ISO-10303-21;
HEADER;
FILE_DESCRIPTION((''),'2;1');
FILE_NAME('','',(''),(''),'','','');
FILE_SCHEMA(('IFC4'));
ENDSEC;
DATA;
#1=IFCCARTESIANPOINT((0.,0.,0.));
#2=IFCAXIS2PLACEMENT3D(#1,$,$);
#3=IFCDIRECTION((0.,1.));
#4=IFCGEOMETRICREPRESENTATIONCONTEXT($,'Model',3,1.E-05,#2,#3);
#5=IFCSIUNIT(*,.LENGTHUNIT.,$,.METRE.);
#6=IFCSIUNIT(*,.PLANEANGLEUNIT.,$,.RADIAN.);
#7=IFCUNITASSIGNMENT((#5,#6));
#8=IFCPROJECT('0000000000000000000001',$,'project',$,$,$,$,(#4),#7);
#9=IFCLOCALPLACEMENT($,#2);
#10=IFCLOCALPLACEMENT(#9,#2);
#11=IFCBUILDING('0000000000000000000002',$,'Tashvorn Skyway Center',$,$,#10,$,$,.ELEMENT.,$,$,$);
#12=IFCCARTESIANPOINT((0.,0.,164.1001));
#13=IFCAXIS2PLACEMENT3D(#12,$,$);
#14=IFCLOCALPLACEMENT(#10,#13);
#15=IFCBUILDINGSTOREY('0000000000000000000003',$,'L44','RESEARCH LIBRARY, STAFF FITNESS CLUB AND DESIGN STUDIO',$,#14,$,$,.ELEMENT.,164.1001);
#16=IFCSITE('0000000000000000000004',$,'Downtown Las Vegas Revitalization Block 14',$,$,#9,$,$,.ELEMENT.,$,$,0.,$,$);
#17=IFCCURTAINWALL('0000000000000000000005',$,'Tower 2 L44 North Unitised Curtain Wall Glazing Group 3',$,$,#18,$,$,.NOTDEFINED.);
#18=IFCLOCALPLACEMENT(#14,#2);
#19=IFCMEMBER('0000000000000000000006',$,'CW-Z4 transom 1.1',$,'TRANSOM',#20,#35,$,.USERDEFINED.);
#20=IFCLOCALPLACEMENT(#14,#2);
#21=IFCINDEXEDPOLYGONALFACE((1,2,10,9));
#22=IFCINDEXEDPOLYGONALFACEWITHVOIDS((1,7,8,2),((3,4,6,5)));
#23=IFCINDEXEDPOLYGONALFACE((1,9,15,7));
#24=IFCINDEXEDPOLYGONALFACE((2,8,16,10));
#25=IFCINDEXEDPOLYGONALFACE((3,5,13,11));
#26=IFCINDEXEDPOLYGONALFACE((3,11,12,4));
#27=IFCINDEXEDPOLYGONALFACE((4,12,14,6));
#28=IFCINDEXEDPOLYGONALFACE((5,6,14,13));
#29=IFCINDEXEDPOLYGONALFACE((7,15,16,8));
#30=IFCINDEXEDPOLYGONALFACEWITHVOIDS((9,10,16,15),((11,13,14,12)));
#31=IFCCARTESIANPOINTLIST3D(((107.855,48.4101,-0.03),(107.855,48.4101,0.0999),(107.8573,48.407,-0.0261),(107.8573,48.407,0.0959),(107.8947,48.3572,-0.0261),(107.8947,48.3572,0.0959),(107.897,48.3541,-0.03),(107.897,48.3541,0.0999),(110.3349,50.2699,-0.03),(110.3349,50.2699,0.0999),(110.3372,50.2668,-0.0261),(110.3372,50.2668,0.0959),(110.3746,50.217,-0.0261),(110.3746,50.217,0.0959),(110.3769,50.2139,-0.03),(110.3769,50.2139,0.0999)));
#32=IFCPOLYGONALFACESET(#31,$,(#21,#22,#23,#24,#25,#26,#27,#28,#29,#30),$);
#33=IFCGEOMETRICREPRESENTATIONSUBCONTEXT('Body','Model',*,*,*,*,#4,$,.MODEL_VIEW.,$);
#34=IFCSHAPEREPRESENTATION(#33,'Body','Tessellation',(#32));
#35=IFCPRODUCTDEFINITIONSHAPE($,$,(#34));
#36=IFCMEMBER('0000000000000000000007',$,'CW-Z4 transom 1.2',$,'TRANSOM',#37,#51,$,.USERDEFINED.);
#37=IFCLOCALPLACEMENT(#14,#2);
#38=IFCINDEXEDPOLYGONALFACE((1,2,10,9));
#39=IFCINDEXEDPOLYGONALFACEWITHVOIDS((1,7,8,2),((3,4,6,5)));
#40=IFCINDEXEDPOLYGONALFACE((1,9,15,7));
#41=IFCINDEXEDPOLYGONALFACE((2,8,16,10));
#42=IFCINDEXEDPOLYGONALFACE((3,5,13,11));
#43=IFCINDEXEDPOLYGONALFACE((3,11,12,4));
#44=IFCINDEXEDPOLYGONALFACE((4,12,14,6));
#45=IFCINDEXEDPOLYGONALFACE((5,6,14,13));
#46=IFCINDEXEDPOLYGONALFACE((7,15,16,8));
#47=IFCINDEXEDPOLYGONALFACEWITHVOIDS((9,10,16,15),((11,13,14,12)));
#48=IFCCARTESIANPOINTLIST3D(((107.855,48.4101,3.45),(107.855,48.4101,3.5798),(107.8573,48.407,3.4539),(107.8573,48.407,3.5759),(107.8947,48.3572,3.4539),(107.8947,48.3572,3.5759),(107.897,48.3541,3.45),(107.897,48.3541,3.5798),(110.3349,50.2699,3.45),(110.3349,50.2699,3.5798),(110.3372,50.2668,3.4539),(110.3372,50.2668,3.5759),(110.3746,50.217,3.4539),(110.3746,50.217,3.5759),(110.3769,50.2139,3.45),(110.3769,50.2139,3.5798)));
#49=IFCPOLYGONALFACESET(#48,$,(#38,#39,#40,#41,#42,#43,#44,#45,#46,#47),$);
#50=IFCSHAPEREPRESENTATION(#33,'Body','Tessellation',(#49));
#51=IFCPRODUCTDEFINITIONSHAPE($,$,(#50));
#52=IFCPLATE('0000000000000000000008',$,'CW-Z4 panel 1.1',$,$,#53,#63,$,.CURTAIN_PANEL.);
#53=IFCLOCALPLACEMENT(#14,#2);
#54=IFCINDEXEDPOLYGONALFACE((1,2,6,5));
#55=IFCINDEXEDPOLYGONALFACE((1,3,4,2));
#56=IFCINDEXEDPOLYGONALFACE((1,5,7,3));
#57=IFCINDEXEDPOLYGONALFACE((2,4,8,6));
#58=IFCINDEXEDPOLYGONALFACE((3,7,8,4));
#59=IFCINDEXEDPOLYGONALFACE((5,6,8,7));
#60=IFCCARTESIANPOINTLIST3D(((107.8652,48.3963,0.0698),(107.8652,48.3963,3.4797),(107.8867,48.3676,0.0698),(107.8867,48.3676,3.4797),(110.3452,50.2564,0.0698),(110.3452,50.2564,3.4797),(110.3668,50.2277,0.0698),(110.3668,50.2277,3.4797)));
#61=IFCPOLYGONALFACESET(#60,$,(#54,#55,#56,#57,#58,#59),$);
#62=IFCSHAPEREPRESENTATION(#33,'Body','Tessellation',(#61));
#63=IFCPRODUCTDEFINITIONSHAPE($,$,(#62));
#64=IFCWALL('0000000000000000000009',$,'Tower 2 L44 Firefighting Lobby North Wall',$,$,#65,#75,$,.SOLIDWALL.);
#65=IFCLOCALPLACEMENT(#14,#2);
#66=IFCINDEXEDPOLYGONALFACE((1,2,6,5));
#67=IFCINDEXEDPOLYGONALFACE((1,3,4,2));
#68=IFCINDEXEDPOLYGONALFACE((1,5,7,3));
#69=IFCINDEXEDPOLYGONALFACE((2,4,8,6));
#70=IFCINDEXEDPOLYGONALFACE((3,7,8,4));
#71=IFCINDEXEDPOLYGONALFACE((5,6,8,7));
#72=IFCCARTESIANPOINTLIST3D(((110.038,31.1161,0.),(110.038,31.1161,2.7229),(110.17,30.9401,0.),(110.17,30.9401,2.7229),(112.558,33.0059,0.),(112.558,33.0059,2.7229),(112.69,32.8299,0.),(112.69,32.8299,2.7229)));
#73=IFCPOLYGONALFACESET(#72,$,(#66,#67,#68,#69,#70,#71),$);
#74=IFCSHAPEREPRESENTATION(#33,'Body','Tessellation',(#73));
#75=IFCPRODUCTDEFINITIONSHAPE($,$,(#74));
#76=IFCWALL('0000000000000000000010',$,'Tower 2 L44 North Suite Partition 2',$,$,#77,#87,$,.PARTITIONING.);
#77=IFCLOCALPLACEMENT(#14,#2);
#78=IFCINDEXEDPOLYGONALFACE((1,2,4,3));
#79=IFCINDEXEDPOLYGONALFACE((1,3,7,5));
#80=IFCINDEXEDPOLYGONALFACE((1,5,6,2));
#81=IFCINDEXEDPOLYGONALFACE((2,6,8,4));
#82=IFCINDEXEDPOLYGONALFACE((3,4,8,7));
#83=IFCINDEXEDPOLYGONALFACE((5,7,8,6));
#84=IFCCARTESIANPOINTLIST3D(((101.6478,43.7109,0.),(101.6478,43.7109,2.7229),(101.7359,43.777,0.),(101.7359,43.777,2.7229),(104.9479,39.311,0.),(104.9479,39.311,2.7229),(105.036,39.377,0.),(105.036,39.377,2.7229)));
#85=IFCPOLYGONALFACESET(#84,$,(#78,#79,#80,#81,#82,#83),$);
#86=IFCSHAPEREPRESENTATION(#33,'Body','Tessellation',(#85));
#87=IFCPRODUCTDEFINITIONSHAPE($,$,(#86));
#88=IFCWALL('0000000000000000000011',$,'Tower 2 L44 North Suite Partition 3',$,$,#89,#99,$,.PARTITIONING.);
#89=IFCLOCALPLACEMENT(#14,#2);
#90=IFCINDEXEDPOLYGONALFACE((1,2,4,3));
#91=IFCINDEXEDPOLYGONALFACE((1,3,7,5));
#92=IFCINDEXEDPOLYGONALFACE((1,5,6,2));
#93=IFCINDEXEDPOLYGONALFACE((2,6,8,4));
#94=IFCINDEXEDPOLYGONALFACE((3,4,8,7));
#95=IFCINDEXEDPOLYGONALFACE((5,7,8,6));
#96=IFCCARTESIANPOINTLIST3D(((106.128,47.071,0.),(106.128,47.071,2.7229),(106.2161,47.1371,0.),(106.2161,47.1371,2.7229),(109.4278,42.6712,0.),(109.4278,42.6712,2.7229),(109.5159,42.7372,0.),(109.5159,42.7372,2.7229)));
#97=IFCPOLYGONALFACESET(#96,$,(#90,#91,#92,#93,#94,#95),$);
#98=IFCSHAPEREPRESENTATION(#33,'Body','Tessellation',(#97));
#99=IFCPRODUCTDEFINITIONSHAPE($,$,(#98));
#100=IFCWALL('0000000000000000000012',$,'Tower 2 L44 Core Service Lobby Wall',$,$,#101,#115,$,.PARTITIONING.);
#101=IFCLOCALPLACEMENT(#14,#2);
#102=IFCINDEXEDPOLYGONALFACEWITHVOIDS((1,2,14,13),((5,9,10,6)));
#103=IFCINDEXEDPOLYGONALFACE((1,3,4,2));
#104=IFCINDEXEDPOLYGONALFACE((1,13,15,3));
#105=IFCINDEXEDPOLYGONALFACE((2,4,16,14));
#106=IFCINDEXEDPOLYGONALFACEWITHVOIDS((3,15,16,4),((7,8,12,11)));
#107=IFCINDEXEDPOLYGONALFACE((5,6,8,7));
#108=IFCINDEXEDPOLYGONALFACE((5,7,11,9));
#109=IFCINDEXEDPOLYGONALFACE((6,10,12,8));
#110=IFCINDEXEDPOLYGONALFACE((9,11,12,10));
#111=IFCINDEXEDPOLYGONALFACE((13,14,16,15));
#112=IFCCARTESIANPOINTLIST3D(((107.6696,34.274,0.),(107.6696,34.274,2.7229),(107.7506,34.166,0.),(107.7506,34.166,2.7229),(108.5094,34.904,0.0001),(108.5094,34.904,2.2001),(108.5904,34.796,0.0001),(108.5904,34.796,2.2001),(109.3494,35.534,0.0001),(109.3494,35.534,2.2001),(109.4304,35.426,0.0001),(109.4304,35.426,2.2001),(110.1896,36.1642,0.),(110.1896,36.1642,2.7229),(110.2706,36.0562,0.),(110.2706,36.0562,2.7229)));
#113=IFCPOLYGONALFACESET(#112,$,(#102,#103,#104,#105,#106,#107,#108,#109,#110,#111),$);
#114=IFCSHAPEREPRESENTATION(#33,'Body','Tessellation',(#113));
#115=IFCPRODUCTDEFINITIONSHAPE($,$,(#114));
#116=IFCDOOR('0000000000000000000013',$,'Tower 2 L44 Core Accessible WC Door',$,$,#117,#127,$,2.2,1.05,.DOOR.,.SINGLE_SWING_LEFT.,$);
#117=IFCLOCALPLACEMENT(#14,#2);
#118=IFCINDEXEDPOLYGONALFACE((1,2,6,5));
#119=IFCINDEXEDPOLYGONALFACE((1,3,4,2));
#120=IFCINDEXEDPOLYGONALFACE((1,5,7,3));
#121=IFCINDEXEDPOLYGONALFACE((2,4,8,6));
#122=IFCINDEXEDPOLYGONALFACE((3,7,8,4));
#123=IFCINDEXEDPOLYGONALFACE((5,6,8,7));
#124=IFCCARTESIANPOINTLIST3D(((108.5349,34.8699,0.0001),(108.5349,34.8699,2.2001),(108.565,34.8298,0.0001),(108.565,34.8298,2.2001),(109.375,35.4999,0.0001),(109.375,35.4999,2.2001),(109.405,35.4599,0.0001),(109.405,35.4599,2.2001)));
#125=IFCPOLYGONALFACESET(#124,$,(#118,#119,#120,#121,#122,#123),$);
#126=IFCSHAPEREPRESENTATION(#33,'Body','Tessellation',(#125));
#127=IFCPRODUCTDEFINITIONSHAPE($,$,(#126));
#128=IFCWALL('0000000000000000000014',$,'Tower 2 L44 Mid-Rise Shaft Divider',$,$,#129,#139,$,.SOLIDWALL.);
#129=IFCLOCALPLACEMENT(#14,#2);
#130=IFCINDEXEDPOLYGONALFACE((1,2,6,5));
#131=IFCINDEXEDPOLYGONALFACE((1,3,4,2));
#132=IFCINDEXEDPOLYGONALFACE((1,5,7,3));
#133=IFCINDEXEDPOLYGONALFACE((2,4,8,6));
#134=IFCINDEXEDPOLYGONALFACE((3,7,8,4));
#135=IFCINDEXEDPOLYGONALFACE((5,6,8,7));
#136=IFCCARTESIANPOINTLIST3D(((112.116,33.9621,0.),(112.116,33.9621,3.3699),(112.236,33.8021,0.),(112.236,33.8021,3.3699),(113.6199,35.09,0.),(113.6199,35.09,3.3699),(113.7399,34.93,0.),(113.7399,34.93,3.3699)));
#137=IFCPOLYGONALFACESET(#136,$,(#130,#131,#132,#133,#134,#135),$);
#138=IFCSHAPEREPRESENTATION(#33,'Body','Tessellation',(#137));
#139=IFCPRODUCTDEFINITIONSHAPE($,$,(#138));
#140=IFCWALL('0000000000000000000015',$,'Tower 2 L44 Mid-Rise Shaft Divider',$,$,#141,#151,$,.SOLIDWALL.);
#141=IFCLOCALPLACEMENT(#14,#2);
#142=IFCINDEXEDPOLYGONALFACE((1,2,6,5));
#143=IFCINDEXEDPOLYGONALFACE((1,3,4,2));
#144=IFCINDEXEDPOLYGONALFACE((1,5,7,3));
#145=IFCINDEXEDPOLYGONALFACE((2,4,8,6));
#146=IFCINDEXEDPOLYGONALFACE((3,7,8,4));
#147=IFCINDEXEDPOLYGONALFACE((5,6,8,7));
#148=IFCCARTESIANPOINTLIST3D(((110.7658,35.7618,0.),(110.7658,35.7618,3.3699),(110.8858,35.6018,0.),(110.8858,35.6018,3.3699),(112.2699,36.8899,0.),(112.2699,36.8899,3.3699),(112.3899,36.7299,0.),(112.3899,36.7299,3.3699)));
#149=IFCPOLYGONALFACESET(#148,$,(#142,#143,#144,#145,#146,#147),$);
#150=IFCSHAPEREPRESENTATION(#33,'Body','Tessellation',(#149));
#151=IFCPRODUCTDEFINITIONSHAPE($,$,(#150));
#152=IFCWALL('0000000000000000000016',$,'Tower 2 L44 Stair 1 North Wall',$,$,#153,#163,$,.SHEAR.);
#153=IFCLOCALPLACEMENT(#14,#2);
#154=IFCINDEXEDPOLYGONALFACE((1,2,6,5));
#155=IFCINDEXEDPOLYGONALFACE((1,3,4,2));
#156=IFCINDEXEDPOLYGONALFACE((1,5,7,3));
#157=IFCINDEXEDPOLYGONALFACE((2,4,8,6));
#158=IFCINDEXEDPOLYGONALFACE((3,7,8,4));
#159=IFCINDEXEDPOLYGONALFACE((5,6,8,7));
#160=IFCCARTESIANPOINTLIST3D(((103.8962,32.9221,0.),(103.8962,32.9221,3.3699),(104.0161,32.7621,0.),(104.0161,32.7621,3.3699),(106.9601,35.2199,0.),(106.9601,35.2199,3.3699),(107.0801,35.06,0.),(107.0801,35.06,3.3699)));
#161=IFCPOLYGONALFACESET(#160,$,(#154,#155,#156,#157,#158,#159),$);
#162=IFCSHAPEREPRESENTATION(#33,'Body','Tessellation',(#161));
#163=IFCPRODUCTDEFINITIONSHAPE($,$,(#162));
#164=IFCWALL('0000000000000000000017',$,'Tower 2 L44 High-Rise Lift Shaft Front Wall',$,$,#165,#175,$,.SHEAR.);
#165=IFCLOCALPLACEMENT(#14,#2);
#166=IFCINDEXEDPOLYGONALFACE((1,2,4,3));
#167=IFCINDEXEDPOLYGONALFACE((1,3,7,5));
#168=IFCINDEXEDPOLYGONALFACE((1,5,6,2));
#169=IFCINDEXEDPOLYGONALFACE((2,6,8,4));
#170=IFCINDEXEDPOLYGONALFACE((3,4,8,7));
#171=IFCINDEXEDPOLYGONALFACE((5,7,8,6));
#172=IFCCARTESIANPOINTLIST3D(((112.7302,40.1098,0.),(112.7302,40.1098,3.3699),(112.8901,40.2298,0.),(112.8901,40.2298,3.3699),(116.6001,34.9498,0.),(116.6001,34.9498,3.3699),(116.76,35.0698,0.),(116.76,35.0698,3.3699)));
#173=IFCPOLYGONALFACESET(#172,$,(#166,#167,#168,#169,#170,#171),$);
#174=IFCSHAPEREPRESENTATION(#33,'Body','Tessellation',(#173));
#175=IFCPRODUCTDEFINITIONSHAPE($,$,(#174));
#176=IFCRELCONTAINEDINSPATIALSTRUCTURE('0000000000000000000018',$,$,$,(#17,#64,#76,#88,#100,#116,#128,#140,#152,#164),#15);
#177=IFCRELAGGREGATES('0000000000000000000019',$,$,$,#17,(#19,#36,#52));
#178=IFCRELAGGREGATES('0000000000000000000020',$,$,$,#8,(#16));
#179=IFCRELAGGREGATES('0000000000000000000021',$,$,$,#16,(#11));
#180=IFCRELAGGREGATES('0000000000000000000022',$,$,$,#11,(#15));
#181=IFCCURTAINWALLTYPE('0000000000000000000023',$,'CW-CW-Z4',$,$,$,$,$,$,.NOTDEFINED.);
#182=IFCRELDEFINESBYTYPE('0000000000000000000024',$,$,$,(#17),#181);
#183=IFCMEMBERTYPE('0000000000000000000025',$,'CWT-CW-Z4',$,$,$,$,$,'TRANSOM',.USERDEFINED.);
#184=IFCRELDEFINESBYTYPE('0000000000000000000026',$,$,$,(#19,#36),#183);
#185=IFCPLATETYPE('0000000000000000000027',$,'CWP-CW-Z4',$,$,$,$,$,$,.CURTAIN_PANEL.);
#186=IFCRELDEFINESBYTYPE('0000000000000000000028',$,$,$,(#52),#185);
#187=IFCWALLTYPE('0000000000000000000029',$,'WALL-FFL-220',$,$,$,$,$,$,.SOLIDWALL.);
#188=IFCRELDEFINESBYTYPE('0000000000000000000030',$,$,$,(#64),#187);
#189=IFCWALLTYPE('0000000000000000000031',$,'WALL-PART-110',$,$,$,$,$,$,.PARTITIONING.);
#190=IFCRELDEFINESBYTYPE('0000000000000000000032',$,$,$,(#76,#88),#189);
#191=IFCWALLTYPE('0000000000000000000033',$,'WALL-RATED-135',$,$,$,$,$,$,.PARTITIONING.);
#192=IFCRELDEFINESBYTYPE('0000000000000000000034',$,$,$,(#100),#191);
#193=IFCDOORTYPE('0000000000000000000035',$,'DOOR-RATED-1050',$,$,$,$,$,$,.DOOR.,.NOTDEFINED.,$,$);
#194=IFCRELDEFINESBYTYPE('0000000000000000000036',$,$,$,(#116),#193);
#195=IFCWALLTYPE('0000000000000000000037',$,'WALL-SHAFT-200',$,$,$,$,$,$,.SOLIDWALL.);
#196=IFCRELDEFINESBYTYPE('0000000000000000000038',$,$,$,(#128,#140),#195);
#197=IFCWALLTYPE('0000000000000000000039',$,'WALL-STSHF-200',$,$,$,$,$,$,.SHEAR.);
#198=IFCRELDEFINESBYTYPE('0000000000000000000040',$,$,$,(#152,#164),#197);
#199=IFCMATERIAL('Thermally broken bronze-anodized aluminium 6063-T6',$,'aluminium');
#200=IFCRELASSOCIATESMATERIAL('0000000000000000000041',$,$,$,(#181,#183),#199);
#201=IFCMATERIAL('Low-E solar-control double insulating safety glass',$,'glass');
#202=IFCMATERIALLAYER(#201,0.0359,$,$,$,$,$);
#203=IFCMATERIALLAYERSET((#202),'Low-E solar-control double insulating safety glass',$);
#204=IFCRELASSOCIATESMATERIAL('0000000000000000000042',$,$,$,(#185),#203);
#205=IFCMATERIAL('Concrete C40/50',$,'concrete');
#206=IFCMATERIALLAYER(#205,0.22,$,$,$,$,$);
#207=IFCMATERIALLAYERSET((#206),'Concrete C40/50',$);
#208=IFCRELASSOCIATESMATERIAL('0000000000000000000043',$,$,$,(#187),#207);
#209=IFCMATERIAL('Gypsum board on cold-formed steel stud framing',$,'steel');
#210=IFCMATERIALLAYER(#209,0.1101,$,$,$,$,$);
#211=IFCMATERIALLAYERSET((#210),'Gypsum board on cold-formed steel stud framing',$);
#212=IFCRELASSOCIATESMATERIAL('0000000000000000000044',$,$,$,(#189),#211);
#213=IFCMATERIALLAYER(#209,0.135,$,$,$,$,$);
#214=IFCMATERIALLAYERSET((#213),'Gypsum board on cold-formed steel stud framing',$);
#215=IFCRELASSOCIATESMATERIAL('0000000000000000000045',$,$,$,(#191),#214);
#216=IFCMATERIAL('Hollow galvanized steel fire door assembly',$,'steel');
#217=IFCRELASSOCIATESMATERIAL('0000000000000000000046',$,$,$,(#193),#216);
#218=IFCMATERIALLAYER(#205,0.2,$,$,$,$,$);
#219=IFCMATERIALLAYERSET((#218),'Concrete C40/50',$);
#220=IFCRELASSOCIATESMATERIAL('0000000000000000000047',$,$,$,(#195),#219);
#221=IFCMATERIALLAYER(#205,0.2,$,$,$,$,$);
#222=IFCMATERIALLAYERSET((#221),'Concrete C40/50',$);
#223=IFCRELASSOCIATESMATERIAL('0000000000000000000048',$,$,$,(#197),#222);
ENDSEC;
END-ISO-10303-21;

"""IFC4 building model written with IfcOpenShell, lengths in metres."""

from ifc_helpers import new_model, si_unit, direction, frame, frame_2d, origin, origin_2d, place, context, subcontext, project, spatial, rectangle, hollow_rectangle, extrude, material, layer, layer_set, material_profile, profile_set, type_object, element, fill, aggregate, save


model = new_model("IFC4")

# Units and contexts
model_context = context("Model", 3, precision=1e-05, world=origin(), true_north=direction((0.0, 1.0)))
body_context = subcontext(model_context, "Body", "Model", "MODEL_VIEW")
ifc_project = project(units=[si_unit("LENGTHUNIT", "METRE"), si_unit("PLANEANGLEUNIT", "RADIAN")], contexts=[model_context])

# Site, building, storey
site_placement = place(None, origin())
site = spatial("IfcSite", under=ifc_project, at=site_placement, Name="Downtown Las Vegas Revitalization Block 14", CompositionType="ELEMENT", RefElevation=0.0)
building_placement = place(site_placement, origin())
building = spatial("IfcBuilding", under=site, at=building_placement, Name="Tashvorn Skyway Center", CompositionType="ELEMENT")
storey_placement = place(building_placement, frame((0.0, 0.0, 164.1001)))
storey = spatial("IfcBuildingStorey", under=building, at=storey_placement, Name="L44", Description="RESEARCH LIBRARY, STAFF FITNESS CLUB AND DESIGN STUDIO", CompositionType="ELEMENT", Elevation=164.1001)

# Shared definitions
ifc_material_1 = material(Name="Thermally broken bronze-anodized aluminium 6063-T6", Category="aluminium")
curtain_wall_type = type_object("IfcCurtainWallType", Name="CW-CW-Z4", PredefinedType="NOTDEFINED", material=ifc_material_1)

# Curtain wall, members, plate
curtain_wall_1_placement = place(storey_placement, origin())
curtain_wall_1 = element("IfcCurtainWall", 1, at=curtain_wall_1_placement, inside=storey, type_object=curtain_wall_type, Name="Tower 2 L44 North Unitised Curtain Wall Glazing Group 3", PredefinedType="NOTDEFINED")
ifc_material_profile_1 = material_profile(ifc_material_1, hollow_rectangle(XDim=0.0701, YDim=0.1299, WallThickness=0.0039, at=origin_2d()), Name="ALU-TRAN-70x130")
ifc_profile_set_1 = profile_set([ifc_material_profile_1], Name="Thermally broken bronze-anodized aluminium 6063-T6")
member_type_1 = type_object("IfcMemberType", Name="CWT-CW-Z4", ElementType="TRANSOM", PredefinedType="USERDEFINED", material=ifc_profile_set_1)
member_1_placement = place(storey_placement, frame((107.876, 48.3821, 0.0349), z_axis=(0.800019, 0.599975, 0.0), x_axis=(-0.599975, 0.800019, 0.0)))
member_1 = element("IfcMember", 2, at=member_1_placement, type_object=member_type_1, Name="CW-Z4 transom 1.1", ObjectType="TRANSOM", PredefinedType="USERDEFINED", context=body_context, shape_type="SweptSolid", body=[
    extrude(hollow_rectangle(XDim=0.0701, YDim=0.1299, WallThickness=0.0039, at=origin_2d()), origin(), (0.0, 0.0, 1.0), 3.0999),
])
member_2_placement = place(storey_placement, frame((107.876, 48.3821, 3.5149), z_axis=(0.800019, 0.599975, 0.0), x_axis=(-0.599975, 0.800019, 0.0)))
member_2 = element("IfcMember", 3, at=member_2_placement, type_object=member_type_1, Name="CW-Z4 transom 1.2", ObjectType="TRANSOM", PredefinedType="USERDEFINED", context=body_context, shape_type="SweptSolid", body=[
    extrude(hollow_rectangle(XDim=0.0701, YDim=0.1299, WallThickness=0.0039, at=origin_2d()), origin(), (0.0, 0.0, 1.0), 3.0999),
])
ifc_material_2 = material(Name="Low-E solar-control double insulating safety glass", Category="glass")
ifc_layer_1 = layer(ifc_material_2, 0.0359)
ifc_layer_set_1 = layer_set([ifc_layer_1], Name="Low-E solar-control double insulating safety glass")
plate_type = type_object("IfcPlateType", Name="CWP-CW-Z4", PredefinedType="CURTAIN_PANEL", material=ifc_layer_set_1)
plate_placement = place(storey_placement, frame((109.116, 49.312, 0.0698), z_axis=(0.0, 0.0, 1.0), x_axis=(0.8, 0.6, 0.0)))
plate = element("IfcPlate", 4, at=plate_placement, type_object=plate_type, Name="CW-Z4 panel 1.1", PredefinedType="CURTAIN_PANEL", context=body_context, shape_type="SweptSolid", body=[
    extrude(rectangle(XDim=3.1001, YDim=0.0359, at=origin_2d()), origin(), (0.0, 0.0, 1.0), 3.4099),
])
aggregate(curtain_wall_1, [member_1, member_2, plate])

# Walls
ifc_material_3 = material(Name="Concrete C40/50", Category="concrete")
ifc_layer_2 = layer(ifc_material_3, 0.22)
ifc_layer_set_2 = layer_set([ifc_layer_2], Name="Concrete C40/50")
wall_type_1 = type_object("IfcWallType", Name="WALL-FFL-220", PredefinedType="SOLIDWALL", material=ifc_layer_set_2)
wall_1_placement = place(storey_placement, frame((110.104, 31.0281, 0.0), z_axis=(0.0, 0.0, 1.0), x_axis=(0.800019, 0.599975, 0.0)))
element("IfcWall", 5, at=wall_1_placement, inside=storey, type_object=wall_type_1, Name="Tower 2 L44 Firefighting Lobby North Wall", PredefinedType="SOLIDWALL", context=body_context, shape_type="SweptSolid", body=[
    extrude(rectangle(XDim=3.1499, YDim=0.22, at=frame_2d((1.575, 0.0))), origin(), (0.0, 0.0, 1.0), 2.7229),
])
ifc_material_4 = material(Name="Gypsum board on cold-formed steel stud framing", Category="steel")
ifc_layer_3 = layer(ifc_material_4, 0.1101)
ifc_layer_set_3 = layer_set([ifc_layer_3], Name="Gypsum board on cold-formed steel stud framing")
wall_type_2 = type_object("IfcWallType", Name="WALL-PART-110", PredefinedType="PARTITIONING", material=ifc_layer_set_3)
wall_2_placement = place(storey_placement, frame((104.9919, 39.344, 0.0), z_axis=(0.0, 0.0, 1.0), x_axis=(-0.600014, 0.799989, 0.0)))
element("IfcWall", 6, at=wall_2_placement, inside=storey, type_object=wall_type_2, Name="Tower 2 L44 North Suite Partition 2", PredefinedType="PARTITIONING", context=body_context, shape_type="SweptSolid", body=[
    extrude(rectangle(XDim=5.5, YDim=0.1101, at=frame_2d((2.75, 0.0))), origin(), (0.0, 0.0, 1.0), 2.7229),
])
wall_3_placement = place(storey_placement, frame((109.4719, 42.7041, 0.0), z_axis=(0.0, 0.0, 1.0), x_axis=(-0.599986, 0.800011, 0.0)))
element("IfcWall", 7, at=wall_3_placement, inside=storey, type_object=wall_type_2, Name="Tower 2 L44 North Suite Partition 3", PredefinedType="PARTITIONING", context=body_context, shape_type="SweptSolid", body=[
    extrude(rectangle(XDim=5.4998, YDim=0.1101, at=frame_2d((2.75, 0.0))), origin(), (0.0, 0.0, 1.0), 2.7229),
])

# Wall, opening, door
ifc_layer_4 = layer(ifc_material_4, 0.135)
ifc_layer_set_4 = layer_set([ifc_layer_4], Name="Gypsum board on cold-formed steel stud framing")
wall_type_3 = type_object("IfcWallType", Name="WALL-RATED-135", PredefinedType="PARTITIONING", material=ifc_layer_set_4)
wall_4_placement = place(storey_placement, frame((107.71, 34.22, 0.0), z_axis=(0.0, 0.0, 1.0), x_axis=(0.799981, 0.600025, 0.0)))
wall_4 = element("IfcWall", 8, at=wall_4_placement, inside=storey, type_object=wall_type_3, Name="Tower 2 L44 Core Service Lobby Wall", PredefinedType="PARTITIONING", context=body_context, shape_type="SweptSolid", body=[
    extrude(rectangle(XDim=3.1501, YDim=0.135, at=frame_2d((1.5752, 0.0))), origin(), (0.0, 0.0, 1.0), 2.7229),
])
opening_placement = place(wall_4_placement, frame((1.05, 0.0, 0.0)))
opening = element("IfcOpeningElement", 9, at=opening_placement, cuts=wall_4, PredefinedType="OPENING", context=body_context, shape_type="SweptSolid", body=[
    extrude(rectangle(XDim=1.05, YDim=2.2, at=frame_2d((0.5249, 1.1001))), frame((0.0, 0.0774, 0.0), z_axis=(0.0, -1.0, 0.0), x_axis=(1.0, 0.0, 0.0)), (0.0, 0.0, 1.0), 0.155),
])
ifc_material_5 = material(Name="Hollow galvanized steel fire door assembly", Category="steel")
door_type = type_object("IfcDoorType", Name="DOOR-RATED-1050", OperationType="NOTDEFINED", PredefinedType="DOOR", material=ifc_material_5)
door_placement = place(opening_placement, origin())
door = element("IfcDoor", 10, at=door_placement, inside=storey, type_object=door_type, Name="Tower 2 L44 Core Accessible WC Door", OperationType="SINGLE_SWING_LEFT", OverallHeight=2.2, OverallWidth=1.05, PredefinedType="DOOR", context=body_context, shape_type="SweptSolid", body=[
    extrude(rectangle(XDim=1.05, YDim=2.2, at=frame_2d((0.5249, 1.1001))), frame((0.0, 0.0249, 0.0), z_axis=(0.0, -1.0, 0.0), x_axis=(1.0, 0.0, 0.0)), (0.0, 0.0, 1.0), 0.05),
])
fill(opening, door)

# Walls
ifc_layer_5 = layer(ifc_material_3, 0.2)
ifc_layer_set_5 = layer_set([ifc_layer_5], Name="Concrete C40/50")
wall_type_4 = type_object("IfcWallType", Name="WALL-SHAFT-200", PredefinedType="SOLIDWALL", material=ifc_layer_set_5)
wall_5_placement = place(storey_placement, frame((112.176, 33.8821, 0.0), z_axis=(0.0, 0.0, 1.0), x_axis=(0.8, 0.6, 0.0)))
element("IfcWall", 11, at=wall_5_placement, inside=storey, type_object=wall_type_4, Name="Tower 2 L44 Mid-Rise Shaft Divider", PredefinedType="SOLIDWALL", context=body_context, shape_type="SweptSolid", body=[
    extrude(rectangle(XDim=1.8799, YDim=0.2, at=frame_2d((0.9399, 0.0))), origin(), (0.0, 0.0, 1.0), 3.3699),
])
wall_6_placement = place(storey_placement, frame((110.8259, 35.6819, 0.0), z_axis=(0.0, 0.0, 1.0), x_axis=(0.799984, 0.600021, 0.0)))
element("IfcWall", 12, at=wall_6_placement, inside=storey, type_object=wall_type_4, Name="Tower 2 L44 Mid-Rise Shaft Divider", PredefinedType="SOLIDWALL", context=body_context, shape_type="SweptSolid", body=[
    extrude(rectangle(XDim=1.8801, YDim=0.2, at=frame_2d((0.9399, 0.0))), origin(), (0.0, 0.0, 1.0), 3.3699),
])
ifc_layer_6 = layer(ifc_material_3, 0.2)
ifc_layer_set_6 = layer_set([ifc_layer_6], Name="Concrete C40/50")
wall_type_5 = type_object("IfcWallType", Name="WALL-STSHF-200", PredefinedType="SHEAR", material=ifc_layer_set_6)
wall_7_placement = place(storey_placement, frame((103.9561, 32.842, 0.0), z_axis=(0.0, 0.0, 1.0), x_axis=(0.800015, 0.59998, 0.0)))
element("IfcWall", 13, at=wall_7_placement, inside=storey, type_object=wall_type_5, Name="Tower 2 L44 Stair 1 North Wall", PredefinedType="SHEAR", context=body_context, shape_type="SweptSolid", body=[
    extrude(rectangle(XDim=3.8298, YDim=0.2, at=frame_2d((1.915, 0.0))), origin(), (0.0, 0.0, 1.0), 3.3699),
])
wall_8_placement = place(storey_placement, frame((112.8101, 40.1699, 0.0), z_axis=(0.0, 0.0, 1.0), x_axis=(0.599994, -0.800005, 0.0)))
element("IfcWall", 14, at=wall_8_placement, inside=storey, type_object=wall_type_5, Name="Tower 2 L44 High-Rise Lift Shaft Front Wall", PredefinedType="SHEAR", context=body_context, shape_type="SweptSolid", body=[
    extrude(rectangle(XDim=6.45, YDim=0.2, at=frame_2d((3.2251, 0.0))), origin(), (0.0, 0.0, 1.0), 3.3699),
])

save(model, "model.ifc")
